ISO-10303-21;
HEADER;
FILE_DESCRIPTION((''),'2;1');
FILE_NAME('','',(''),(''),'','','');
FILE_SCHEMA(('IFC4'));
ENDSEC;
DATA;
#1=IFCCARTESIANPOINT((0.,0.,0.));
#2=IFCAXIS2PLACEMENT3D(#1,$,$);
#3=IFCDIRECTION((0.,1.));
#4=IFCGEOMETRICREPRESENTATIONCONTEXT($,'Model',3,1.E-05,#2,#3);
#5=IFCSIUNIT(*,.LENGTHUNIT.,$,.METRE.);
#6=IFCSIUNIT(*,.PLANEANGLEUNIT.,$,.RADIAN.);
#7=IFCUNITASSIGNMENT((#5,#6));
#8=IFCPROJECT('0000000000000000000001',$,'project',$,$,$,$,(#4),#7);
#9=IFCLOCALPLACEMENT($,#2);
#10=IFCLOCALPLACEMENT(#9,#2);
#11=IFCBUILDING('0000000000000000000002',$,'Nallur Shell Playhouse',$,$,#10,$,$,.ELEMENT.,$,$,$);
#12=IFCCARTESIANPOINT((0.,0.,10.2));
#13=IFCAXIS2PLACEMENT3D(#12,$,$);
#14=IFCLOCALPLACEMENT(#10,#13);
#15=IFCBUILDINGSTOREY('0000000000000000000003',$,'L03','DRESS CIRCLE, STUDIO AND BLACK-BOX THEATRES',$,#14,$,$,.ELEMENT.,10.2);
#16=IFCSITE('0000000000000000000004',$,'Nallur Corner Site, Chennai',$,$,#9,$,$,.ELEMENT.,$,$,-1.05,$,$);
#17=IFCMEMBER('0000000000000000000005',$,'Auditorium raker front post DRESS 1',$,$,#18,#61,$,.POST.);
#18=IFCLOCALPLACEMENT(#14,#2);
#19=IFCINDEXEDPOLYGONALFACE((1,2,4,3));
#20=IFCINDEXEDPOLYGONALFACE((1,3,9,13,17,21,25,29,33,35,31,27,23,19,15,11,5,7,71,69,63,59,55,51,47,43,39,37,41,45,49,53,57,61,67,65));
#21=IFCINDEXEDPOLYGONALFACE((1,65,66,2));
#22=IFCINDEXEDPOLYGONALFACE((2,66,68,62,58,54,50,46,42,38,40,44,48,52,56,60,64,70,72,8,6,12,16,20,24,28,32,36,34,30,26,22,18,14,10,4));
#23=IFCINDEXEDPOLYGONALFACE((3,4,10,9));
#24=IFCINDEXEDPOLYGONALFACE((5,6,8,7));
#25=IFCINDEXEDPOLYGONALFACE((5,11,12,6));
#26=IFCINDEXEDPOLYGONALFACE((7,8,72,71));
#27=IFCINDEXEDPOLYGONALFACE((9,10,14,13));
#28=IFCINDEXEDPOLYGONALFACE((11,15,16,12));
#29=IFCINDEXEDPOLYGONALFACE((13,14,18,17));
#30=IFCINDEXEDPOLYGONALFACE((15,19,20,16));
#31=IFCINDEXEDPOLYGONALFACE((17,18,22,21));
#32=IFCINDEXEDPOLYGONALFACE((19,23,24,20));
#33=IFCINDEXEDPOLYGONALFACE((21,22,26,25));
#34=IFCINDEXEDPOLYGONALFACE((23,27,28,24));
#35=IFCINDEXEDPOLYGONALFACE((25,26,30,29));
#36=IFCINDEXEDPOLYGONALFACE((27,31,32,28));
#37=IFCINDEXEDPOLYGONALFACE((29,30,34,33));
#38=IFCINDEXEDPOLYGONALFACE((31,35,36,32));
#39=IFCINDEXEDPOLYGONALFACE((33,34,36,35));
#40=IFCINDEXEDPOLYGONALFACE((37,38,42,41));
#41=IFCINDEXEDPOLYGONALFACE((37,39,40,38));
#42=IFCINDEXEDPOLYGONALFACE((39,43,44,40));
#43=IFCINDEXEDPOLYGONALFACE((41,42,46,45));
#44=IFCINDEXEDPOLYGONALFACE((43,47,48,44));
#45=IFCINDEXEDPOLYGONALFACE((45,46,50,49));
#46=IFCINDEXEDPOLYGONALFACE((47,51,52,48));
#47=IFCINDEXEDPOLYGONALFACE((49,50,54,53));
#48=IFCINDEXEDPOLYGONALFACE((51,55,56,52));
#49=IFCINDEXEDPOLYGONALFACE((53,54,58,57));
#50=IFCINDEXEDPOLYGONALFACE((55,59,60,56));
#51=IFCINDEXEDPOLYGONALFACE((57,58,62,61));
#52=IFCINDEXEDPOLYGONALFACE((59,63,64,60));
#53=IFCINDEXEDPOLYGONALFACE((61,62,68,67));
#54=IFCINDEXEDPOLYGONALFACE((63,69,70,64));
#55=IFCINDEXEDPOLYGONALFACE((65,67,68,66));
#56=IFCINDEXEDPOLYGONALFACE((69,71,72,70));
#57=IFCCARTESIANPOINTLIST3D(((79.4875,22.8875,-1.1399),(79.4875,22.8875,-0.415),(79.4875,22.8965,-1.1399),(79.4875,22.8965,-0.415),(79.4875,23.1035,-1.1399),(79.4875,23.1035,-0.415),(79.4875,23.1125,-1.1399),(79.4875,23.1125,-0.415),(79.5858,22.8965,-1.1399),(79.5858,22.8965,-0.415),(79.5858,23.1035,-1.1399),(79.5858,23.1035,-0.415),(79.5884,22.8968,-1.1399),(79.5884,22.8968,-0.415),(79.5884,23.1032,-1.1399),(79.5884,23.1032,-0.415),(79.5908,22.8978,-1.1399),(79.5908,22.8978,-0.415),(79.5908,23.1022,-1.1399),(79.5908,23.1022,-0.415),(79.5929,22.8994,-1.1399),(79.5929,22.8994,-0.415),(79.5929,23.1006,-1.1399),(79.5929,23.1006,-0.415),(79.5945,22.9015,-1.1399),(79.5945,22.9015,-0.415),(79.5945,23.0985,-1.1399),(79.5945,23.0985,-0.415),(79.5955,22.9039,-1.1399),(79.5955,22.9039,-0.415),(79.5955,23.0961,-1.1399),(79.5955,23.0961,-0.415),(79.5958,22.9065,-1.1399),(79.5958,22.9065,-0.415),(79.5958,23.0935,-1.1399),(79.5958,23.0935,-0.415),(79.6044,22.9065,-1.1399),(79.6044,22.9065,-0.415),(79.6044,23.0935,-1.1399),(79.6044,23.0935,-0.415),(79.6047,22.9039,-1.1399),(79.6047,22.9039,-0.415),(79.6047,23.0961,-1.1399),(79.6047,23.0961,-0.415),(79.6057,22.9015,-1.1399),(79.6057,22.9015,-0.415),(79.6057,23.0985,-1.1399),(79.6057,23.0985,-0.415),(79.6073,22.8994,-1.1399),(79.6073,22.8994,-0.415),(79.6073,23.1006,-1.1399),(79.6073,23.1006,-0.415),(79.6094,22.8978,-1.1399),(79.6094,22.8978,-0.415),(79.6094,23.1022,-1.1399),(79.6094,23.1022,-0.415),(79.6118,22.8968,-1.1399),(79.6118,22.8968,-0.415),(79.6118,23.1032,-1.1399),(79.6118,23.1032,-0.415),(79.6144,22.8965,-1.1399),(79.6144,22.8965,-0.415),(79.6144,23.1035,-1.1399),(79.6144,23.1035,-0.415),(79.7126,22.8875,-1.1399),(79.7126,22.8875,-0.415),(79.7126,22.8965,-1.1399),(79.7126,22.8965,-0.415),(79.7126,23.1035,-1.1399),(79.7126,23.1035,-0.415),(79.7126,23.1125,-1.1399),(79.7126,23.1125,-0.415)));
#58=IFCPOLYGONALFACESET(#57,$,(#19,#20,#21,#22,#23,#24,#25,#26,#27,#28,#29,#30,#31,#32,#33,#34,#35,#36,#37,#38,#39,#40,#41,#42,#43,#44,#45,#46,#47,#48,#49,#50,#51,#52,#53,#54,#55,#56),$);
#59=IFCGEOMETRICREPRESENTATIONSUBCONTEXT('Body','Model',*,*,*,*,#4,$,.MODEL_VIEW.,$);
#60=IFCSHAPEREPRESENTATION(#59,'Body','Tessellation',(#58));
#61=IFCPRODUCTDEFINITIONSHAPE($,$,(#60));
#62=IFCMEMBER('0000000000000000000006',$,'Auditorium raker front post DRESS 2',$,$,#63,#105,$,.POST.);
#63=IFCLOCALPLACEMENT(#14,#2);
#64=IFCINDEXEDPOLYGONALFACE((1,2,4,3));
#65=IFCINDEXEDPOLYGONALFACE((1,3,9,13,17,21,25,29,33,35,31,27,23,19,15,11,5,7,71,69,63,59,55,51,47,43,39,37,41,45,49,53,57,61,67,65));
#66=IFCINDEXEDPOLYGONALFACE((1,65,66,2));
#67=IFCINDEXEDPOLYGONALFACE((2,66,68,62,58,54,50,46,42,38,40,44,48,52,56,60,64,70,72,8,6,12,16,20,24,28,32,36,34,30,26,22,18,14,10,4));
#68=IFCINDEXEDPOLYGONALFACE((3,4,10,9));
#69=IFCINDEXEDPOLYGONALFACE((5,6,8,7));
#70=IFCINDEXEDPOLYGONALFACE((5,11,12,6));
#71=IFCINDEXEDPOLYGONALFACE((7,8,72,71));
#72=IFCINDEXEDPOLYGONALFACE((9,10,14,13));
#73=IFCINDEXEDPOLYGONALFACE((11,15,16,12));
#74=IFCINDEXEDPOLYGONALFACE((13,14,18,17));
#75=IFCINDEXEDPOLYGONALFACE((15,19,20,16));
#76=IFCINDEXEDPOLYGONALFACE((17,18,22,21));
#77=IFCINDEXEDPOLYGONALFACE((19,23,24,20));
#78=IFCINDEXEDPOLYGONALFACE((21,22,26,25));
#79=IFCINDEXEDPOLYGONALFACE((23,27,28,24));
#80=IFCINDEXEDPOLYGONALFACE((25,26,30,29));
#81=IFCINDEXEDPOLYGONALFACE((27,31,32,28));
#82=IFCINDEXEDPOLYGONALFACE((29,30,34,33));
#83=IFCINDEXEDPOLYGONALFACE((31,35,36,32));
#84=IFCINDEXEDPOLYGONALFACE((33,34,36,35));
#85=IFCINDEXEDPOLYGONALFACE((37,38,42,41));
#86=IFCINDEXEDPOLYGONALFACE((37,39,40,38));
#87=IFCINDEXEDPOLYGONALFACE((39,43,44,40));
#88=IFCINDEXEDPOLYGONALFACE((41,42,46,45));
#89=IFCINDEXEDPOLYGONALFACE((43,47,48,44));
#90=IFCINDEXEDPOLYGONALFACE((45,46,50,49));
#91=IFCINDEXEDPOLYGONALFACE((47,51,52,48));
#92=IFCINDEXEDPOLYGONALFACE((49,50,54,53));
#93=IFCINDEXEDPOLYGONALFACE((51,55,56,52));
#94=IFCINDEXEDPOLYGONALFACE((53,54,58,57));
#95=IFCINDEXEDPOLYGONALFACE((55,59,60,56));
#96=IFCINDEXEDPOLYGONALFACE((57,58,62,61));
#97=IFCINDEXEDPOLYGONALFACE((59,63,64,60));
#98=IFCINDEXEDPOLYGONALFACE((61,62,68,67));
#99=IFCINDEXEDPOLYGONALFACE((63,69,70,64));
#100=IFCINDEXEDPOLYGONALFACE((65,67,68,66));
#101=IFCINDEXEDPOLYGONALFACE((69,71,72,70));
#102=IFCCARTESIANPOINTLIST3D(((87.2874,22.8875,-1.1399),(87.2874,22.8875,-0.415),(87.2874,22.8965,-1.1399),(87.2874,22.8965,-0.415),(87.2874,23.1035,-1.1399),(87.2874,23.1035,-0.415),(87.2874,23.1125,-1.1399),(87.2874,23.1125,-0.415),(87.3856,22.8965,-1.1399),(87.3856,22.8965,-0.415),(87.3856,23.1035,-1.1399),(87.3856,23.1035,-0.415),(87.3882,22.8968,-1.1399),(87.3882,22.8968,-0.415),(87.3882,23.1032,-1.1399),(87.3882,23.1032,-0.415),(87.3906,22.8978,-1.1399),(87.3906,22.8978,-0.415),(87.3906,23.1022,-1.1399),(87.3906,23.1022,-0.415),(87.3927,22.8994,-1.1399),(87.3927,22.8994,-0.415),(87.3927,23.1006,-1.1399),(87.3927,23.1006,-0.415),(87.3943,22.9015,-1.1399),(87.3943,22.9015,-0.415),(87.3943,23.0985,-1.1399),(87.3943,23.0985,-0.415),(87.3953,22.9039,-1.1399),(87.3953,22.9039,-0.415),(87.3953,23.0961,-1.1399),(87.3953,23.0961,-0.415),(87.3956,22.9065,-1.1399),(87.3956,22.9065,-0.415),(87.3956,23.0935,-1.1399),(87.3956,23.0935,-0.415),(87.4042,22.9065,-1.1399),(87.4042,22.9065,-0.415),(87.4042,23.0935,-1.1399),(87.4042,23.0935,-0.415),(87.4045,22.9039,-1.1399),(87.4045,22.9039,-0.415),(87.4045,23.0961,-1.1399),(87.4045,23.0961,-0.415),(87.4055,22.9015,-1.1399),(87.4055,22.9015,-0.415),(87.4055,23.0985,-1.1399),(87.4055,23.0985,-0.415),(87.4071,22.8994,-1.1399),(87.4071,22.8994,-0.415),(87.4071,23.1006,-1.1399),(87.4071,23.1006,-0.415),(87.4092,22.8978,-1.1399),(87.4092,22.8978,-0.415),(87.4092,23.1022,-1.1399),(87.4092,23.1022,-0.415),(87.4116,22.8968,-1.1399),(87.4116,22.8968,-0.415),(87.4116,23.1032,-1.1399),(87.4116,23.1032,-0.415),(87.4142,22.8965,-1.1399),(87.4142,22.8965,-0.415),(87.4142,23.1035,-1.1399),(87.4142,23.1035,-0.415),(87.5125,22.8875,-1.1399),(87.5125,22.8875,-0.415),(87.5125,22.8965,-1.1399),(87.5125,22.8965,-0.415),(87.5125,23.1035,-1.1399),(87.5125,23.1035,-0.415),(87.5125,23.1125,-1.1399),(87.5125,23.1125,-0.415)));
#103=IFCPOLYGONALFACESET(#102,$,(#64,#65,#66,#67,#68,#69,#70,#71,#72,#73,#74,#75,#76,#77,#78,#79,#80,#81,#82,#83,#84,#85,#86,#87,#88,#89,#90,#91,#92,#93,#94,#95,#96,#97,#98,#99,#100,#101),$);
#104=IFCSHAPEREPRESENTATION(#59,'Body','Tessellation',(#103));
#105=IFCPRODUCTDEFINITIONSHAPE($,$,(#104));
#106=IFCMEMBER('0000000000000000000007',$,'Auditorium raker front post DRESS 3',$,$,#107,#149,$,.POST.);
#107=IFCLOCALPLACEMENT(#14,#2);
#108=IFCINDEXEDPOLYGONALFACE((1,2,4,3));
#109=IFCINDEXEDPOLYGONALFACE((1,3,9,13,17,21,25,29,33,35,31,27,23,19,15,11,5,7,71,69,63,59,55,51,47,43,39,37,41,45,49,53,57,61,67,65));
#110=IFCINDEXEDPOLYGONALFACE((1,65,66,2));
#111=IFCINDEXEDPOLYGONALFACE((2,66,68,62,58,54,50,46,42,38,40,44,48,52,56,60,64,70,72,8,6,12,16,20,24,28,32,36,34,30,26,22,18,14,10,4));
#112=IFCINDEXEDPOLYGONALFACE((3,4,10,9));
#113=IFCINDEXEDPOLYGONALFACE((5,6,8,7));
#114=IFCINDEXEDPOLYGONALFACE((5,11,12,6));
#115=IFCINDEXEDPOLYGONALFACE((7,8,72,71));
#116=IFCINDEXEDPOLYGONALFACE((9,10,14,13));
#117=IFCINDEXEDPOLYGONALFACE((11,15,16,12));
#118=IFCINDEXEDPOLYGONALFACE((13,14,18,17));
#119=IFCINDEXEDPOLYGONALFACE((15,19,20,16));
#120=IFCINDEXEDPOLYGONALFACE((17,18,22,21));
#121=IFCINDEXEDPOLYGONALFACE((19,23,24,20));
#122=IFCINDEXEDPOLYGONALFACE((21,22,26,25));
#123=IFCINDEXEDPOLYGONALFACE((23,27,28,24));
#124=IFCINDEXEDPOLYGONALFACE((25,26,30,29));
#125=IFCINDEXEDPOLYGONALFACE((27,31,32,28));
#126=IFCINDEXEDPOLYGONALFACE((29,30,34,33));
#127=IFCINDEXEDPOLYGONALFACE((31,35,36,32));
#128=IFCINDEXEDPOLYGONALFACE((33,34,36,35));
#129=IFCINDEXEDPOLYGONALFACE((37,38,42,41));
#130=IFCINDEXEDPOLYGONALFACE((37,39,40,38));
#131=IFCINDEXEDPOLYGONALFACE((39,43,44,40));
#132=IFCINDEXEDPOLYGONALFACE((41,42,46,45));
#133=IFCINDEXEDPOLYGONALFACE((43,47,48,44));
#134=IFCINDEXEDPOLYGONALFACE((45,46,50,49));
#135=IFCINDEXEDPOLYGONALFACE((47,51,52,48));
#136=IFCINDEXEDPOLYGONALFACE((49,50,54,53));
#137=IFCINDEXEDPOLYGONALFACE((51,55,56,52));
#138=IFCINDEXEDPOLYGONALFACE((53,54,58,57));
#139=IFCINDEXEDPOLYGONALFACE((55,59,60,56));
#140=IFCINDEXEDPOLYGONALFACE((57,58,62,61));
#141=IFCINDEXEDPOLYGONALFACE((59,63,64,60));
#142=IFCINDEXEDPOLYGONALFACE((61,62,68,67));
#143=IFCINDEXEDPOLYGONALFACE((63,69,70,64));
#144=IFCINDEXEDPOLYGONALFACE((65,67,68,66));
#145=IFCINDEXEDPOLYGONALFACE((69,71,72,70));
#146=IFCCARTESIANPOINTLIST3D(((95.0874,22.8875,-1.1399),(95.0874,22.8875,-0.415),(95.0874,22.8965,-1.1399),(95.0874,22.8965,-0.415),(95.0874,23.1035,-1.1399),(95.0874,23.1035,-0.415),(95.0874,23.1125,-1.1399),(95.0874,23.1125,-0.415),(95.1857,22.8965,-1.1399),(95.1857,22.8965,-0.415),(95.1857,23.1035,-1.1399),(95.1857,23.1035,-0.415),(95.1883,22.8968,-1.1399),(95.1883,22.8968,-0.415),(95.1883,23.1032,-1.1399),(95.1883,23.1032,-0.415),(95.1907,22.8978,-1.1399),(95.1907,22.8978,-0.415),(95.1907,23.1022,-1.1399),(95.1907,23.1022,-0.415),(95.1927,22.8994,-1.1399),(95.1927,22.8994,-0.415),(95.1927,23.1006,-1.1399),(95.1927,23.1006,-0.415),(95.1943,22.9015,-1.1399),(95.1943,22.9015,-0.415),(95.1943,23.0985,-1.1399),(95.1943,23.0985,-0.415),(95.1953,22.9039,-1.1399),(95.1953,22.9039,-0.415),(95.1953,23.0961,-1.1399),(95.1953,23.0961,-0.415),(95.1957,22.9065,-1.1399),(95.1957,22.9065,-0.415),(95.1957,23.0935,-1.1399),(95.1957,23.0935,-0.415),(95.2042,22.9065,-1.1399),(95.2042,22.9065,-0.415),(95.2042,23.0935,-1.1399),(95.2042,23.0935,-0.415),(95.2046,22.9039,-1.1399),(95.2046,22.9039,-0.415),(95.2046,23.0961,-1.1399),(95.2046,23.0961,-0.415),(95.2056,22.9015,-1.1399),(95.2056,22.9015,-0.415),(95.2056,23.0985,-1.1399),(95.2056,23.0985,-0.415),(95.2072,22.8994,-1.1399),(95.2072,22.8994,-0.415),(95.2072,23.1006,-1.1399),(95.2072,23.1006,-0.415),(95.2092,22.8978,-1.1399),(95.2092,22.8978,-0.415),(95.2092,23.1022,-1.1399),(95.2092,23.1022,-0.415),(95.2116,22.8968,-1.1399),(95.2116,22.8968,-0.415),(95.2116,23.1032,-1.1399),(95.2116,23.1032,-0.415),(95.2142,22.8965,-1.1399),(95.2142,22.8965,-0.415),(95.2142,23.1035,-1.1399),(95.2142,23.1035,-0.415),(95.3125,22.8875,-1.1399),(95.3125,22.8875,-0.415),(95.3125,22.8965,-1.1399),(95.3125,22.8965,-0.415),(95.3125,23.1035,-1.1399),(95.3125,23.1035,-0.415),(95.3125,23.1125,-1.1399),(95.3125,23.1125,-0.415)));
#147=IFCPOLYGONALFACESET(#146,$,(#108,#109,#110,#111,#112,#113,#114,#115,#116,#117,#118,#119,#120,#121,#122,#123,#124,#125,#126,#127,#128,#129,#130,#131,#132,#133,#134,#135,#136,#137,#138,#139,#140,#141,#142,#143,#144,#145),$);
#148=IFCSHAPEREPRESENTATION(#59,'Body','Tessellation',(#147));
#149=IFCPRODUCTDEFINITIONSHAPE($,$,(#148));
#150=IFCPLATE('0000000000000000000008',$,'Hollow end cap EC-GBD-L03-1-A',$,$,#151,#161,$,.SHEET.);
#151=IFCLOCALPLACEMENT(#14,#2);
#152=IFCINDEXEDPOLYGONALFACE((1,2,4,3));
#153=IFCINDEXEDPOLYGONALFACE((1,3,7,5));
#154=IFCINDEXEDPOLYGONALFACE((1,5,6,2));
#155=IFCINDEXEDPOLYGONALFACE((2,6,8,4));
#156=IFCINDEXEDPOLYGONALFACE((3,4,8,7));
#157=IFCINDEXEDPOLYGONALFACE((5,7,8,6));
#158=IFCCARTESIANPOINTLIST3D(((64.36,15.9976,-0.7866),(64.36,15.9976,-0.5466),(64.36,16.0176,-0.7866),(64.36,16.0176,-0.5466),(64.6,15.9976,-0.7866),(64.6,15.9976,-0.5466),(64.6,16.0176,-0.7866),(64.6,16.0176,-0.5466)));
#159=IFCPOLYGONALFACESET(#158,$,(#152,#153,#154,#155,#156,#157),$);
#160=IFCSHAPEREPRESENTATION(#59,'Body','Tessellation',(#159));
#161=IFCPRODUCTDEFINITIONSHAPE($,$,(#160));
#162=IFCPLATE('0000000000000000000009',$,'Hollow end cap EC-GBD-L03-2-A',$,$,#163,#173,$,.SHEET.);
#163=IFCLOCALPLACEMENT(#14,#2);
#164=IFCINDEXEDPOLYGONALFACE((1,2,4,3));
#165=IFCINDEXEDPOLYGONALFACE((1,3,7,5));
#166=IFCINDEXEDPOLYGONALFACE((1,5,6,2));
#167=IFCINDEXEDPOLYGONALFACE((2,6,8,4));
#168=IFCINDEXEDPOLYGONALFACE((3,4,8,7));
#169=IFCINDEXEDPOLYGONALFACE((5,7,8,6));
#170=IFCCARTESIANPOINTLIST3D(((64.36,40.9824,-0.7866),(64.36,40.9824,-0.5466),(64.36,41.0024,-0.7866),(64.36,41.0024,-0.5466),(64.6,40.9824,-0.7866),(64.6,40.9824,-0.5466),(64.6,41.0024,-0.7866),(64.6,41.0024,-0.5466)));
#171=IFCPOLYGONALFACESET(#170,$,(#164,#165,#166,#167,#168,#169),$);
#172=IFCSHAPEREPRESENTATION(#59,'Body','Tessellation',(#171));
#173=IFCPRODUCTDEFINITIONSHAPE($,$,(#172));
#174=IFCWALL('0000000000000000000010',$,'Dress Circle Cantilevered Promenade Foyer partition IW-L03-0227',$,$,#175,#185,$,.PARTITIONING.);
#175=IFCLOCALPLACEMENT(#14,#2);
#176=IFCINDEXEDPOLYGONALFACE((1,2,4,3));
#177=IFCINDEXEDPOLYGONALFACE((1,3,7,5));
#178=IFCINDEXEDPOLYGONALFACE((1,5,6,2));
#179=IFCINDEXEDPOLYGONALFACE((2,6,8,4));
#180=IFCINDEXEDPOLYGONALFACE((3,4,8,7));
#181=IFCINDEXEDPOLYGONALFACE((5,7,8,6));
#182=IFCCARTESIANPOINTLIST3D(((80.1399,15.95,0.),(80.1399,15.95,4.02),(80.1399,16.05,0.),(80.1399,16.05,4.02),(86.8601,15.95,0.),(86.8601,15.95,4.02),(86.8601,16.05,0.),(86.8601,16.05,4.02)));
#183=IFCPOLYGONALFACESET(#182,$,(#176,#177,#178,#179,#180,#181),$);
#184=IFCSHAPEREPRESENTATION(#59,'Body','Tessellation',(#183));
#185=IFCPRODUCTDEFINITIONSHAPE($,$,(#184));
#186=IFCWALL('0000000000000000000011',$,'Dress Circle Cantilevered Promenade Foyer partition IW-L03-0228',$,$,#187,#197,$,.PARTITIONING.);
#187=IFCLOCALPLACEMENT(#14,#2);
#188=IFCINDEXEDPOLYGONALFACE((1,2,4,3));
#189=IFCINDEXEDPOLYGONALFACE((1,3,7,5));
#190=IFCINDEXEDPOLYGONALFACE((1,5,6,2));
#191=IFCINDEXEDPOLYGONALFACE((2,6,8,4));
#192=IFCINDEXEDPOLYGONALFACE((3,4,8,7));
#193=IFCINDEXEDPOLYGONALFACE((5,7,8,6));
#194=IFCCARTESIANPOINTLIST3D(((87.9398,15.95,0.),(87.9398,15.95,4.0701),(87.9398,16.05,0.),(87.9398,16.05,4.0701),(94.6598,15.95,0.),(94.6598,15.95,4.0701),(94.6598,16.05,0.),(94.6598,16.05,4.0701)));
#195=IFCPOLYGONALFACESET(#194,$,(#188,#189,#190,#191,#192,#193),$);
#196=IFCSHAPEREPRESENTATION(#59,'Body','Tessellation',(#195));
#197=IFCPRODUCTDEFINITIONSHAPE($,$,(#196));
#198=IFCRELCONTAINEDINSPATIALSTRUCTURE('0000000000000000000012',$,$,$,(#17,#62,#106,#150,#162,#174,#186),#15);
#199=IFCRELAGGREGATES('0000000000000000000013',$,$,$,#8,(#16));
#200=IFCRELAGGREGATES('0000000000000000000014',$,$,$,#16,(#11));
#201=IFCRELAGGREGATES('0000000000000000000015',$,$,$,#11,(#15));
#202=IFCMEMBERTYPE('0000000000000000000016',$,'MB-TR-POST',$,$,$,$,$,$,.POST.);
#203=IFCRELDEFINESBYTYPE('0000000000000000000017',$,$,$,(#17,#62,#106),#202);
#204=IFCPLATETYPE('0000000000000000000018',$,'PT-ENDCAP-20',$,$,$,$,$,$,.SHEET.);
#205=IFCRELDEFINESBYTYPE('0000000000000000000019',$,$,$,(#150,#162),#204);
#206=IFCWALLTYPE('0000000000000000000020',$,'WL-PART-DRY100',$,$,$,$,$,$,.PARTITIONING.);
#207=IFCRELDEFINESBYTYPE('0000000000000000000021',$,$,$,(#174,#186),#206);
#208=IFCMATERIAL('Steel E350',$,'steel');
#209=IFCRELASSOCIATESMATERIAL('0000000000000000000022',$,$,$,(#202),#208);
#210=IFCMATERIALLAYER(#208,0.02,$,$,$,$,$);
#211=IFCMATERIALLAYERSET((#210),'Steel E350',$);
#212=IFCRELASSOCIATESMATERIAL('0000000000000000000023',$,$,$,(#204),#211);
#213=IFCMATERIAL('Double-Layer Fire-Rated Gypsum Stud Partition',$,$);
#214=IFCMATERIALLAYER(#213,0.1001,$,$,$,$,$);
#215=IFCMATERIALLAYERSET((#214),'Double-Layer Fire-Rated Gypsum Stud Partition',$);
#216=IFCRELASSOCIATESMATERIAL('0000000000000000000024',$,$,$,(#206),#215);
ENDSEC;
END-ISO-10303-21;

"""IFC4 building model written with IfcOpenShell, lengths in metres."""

from ifc_helpers import new_model, si_unit, direction, frame, frame_2d, origin, origin_2d, place, context, subcontext, project, spatial, rectangle, i_section, extrude, material, layer, layer_set, material_profile, profile_set, type_object, element, save


model = new_model("IFC4")

# Units and contexts
model_context = context("Model", 3, precision=1e-05, world=origin(), true_north=direction((0.0, 1.0)))
body_context = subcontext(model_context, "Body", "Model", "MODEL_VIEW")
ifc_project = project(units=[si_unit("LENGTHUNIT", "METRE"), si_unit("PLANEANGLEUNIT", "RADIAN")], contexts=[model_context])

# Site, building, storey
site_placement = place(None, origin())
site = spatial("IfcSite", under=ifc_project, at=site_placement, Name="Nallur Corner Site, Chennai", CompositionType="ELEMENT", RefElevation=-1.05)
building_placement = place(site_placement, origin())
building = spatial("IfcBuilding", under=site, at=building_placement, Name="Nallur Shell Playhouse", CompositionType="ELEMENT")
storey_placement = place(building_placement, frame((0.0, 0.0, 10.2)))
storey = spatial("IfcBuildingStorey", under=building, at=storey_placement, Name="L03", Description="DRESS CIRCLE, STUDIO AND BLACK-BOX THEATRES", CompositionType="ELEMENT", Elevation=10.2)

# Shared definitions
ifc_material_1 = material(Name="Steel E350", Category="steel")

# Members
ifc_material_profile_1 = material_profile(ifc_material_1, i_section(OverallWidth=0.2251, OverallDepth=0.2251, WebThickness=0.0085, FlangeThickness=0.009, FilletRadius=0.01, at=origin_2d()), Name="ISHB 225")
ifc_profile_set_1 = profile_set([ifc_material_profile_1], Name="Steel E350")
member_type_1 = type_object("IfcMemberType", Name="MB-TR-POST", PredefinedType="POST", material=ifc_profile_set_1)
for number, where, z_axis, x_axis, name in (
    (1, (79.6001, 23.0, -1.1399), (0.0, 0.0, 1.0), (1.0, 0.0, 0.0), "Auditorium raker front post DRESS 1"),
    (2, (87.3999, 23.0, -1.1399), (0.0, 0.0, 1.0), (1.0, 0.0, 0.0), "Auditorium raker front post DRESS 2"),
    (3, (95.2, 23.0, -1.1399), (0.0, 0.0, 1.0), (1.0, 0.0, 0.0), "Auditorium raker front post DRESS 3"),
):
    element("IfcMember", number, at=place(storey_placement, frame(where, z_axis=z_axis, x_axis=x_axis)), inside=storey, type_object=member_type_1, Name=name, PredefinedType="POST", context=body_context, shape_type="SweptSolid", body=[
        extrude(i_section(OverallWidth=0.2251, OverallDepth=0.2251, WebThickness=0.0085, FlangeThickness=0.009, FilletRadius=0.01, at=origin_2d()), origin(), (0.0, 0.0, 1.0), 0.7249),
    ])

# Plates
ifc_layer_1 = layer(ifc_material_1, 0.02)
ifc_layer_set_1 = layer_set([ifc_layer_1], Name="Steel E350")
plate_type = type_object("IfcPlateType", Name="PT-ENDCAP-20", PredefinedType="SHEET", material=ifc_layer_set_1)
for number, where, z_axis, x_axis, name in (
    (4, (64.48, 16.0076, -0.7866), (0.0, 0.0, 1.0), (1.0, 0.0, 0.0), "Hollow end cap EC-GBD-L03-1-A"),
    (5, (64.48, 40.9924, -0.7866), (0.0, 0.0, 1.0), (1.0, 0.0, 0.0), "Hollow end cap EC-GBD-L03-2-A"),
):
    element("IfcPlate", number, at=place(storey_placement, frame(where, z_axis=z_axis, x_axis=x_axis)), inside=storey, type_object=plate_type, Name=name, PredefinedType="SHEET", context=body_context, shape_type="SweptSolid", body=[
        extrude(rectangle(XDim=0.24, YDim=0.02, at=origin_2d()), origin(), (0.0, 0.0, 1.0), 0.24),
    ])

# Walls
ifc_material_2 = material(Name="Double-Layer Fire-Rated Gypsum Stud Partition")
ifc_layer_2 = layer(ifc_material_2, 0.1001)
ifc_layer_set_2 = layer_set([ifc_layer_2], Name="Double-Layer Fire-Rated Gypsum Stud Partition")
wall_type = type_object("IfcWallType", Name="WL-PART-DRY100", PredefinedType="PARTITIONING", material=ifc_layer_set_2)
wall_1_placement = place(storey_placement, frame((80.1399, 16.0, 0.0), z_axis=(0.0, 0.0, 1.0), x_axis=(1.0, 0.0, 0.0)))
element("IfcWall", 6, at=wall_1_placement, inside=storey, type_object=wall_type, Name="Dress Circle Cantilevered Promenade Foyer partition IW-L03-0227", PredefinedType="PARTITIONING", context=body_context, shape_type="SweptSolid", body=[
    extrude(rectangle(XDim=6.7202, YDim=0.1001, at=frame_2d((3.3601, 0.0))), origin(), (0.0, 0.0, 1.0), 4.02),
])
wall_2_placement = place(storey_placement, frame((87.9399, 16.0, 0.0), z_axis=(0.0, 0.0, 1.0), x_axis=(1.0, 0.0, 0.0)))
element("IfcWall", 7, at=wall_2_placement, inside=storey, type_object=wall_type, Name="Dress Circle Cantilevered Promenade Foyer partition IW-L03-0228", PredefinedType="PARTITIONING", context=body_context, shape_type="SweptSolid", body=[
    extrude(rectangle(XDim=6.72, YDim=0.1001, at=frame_2d((3.3599, 0.0))), origin(), (0.0, 0.0, 1.0), 4.0701),
])

save(model, "model.ifc")
